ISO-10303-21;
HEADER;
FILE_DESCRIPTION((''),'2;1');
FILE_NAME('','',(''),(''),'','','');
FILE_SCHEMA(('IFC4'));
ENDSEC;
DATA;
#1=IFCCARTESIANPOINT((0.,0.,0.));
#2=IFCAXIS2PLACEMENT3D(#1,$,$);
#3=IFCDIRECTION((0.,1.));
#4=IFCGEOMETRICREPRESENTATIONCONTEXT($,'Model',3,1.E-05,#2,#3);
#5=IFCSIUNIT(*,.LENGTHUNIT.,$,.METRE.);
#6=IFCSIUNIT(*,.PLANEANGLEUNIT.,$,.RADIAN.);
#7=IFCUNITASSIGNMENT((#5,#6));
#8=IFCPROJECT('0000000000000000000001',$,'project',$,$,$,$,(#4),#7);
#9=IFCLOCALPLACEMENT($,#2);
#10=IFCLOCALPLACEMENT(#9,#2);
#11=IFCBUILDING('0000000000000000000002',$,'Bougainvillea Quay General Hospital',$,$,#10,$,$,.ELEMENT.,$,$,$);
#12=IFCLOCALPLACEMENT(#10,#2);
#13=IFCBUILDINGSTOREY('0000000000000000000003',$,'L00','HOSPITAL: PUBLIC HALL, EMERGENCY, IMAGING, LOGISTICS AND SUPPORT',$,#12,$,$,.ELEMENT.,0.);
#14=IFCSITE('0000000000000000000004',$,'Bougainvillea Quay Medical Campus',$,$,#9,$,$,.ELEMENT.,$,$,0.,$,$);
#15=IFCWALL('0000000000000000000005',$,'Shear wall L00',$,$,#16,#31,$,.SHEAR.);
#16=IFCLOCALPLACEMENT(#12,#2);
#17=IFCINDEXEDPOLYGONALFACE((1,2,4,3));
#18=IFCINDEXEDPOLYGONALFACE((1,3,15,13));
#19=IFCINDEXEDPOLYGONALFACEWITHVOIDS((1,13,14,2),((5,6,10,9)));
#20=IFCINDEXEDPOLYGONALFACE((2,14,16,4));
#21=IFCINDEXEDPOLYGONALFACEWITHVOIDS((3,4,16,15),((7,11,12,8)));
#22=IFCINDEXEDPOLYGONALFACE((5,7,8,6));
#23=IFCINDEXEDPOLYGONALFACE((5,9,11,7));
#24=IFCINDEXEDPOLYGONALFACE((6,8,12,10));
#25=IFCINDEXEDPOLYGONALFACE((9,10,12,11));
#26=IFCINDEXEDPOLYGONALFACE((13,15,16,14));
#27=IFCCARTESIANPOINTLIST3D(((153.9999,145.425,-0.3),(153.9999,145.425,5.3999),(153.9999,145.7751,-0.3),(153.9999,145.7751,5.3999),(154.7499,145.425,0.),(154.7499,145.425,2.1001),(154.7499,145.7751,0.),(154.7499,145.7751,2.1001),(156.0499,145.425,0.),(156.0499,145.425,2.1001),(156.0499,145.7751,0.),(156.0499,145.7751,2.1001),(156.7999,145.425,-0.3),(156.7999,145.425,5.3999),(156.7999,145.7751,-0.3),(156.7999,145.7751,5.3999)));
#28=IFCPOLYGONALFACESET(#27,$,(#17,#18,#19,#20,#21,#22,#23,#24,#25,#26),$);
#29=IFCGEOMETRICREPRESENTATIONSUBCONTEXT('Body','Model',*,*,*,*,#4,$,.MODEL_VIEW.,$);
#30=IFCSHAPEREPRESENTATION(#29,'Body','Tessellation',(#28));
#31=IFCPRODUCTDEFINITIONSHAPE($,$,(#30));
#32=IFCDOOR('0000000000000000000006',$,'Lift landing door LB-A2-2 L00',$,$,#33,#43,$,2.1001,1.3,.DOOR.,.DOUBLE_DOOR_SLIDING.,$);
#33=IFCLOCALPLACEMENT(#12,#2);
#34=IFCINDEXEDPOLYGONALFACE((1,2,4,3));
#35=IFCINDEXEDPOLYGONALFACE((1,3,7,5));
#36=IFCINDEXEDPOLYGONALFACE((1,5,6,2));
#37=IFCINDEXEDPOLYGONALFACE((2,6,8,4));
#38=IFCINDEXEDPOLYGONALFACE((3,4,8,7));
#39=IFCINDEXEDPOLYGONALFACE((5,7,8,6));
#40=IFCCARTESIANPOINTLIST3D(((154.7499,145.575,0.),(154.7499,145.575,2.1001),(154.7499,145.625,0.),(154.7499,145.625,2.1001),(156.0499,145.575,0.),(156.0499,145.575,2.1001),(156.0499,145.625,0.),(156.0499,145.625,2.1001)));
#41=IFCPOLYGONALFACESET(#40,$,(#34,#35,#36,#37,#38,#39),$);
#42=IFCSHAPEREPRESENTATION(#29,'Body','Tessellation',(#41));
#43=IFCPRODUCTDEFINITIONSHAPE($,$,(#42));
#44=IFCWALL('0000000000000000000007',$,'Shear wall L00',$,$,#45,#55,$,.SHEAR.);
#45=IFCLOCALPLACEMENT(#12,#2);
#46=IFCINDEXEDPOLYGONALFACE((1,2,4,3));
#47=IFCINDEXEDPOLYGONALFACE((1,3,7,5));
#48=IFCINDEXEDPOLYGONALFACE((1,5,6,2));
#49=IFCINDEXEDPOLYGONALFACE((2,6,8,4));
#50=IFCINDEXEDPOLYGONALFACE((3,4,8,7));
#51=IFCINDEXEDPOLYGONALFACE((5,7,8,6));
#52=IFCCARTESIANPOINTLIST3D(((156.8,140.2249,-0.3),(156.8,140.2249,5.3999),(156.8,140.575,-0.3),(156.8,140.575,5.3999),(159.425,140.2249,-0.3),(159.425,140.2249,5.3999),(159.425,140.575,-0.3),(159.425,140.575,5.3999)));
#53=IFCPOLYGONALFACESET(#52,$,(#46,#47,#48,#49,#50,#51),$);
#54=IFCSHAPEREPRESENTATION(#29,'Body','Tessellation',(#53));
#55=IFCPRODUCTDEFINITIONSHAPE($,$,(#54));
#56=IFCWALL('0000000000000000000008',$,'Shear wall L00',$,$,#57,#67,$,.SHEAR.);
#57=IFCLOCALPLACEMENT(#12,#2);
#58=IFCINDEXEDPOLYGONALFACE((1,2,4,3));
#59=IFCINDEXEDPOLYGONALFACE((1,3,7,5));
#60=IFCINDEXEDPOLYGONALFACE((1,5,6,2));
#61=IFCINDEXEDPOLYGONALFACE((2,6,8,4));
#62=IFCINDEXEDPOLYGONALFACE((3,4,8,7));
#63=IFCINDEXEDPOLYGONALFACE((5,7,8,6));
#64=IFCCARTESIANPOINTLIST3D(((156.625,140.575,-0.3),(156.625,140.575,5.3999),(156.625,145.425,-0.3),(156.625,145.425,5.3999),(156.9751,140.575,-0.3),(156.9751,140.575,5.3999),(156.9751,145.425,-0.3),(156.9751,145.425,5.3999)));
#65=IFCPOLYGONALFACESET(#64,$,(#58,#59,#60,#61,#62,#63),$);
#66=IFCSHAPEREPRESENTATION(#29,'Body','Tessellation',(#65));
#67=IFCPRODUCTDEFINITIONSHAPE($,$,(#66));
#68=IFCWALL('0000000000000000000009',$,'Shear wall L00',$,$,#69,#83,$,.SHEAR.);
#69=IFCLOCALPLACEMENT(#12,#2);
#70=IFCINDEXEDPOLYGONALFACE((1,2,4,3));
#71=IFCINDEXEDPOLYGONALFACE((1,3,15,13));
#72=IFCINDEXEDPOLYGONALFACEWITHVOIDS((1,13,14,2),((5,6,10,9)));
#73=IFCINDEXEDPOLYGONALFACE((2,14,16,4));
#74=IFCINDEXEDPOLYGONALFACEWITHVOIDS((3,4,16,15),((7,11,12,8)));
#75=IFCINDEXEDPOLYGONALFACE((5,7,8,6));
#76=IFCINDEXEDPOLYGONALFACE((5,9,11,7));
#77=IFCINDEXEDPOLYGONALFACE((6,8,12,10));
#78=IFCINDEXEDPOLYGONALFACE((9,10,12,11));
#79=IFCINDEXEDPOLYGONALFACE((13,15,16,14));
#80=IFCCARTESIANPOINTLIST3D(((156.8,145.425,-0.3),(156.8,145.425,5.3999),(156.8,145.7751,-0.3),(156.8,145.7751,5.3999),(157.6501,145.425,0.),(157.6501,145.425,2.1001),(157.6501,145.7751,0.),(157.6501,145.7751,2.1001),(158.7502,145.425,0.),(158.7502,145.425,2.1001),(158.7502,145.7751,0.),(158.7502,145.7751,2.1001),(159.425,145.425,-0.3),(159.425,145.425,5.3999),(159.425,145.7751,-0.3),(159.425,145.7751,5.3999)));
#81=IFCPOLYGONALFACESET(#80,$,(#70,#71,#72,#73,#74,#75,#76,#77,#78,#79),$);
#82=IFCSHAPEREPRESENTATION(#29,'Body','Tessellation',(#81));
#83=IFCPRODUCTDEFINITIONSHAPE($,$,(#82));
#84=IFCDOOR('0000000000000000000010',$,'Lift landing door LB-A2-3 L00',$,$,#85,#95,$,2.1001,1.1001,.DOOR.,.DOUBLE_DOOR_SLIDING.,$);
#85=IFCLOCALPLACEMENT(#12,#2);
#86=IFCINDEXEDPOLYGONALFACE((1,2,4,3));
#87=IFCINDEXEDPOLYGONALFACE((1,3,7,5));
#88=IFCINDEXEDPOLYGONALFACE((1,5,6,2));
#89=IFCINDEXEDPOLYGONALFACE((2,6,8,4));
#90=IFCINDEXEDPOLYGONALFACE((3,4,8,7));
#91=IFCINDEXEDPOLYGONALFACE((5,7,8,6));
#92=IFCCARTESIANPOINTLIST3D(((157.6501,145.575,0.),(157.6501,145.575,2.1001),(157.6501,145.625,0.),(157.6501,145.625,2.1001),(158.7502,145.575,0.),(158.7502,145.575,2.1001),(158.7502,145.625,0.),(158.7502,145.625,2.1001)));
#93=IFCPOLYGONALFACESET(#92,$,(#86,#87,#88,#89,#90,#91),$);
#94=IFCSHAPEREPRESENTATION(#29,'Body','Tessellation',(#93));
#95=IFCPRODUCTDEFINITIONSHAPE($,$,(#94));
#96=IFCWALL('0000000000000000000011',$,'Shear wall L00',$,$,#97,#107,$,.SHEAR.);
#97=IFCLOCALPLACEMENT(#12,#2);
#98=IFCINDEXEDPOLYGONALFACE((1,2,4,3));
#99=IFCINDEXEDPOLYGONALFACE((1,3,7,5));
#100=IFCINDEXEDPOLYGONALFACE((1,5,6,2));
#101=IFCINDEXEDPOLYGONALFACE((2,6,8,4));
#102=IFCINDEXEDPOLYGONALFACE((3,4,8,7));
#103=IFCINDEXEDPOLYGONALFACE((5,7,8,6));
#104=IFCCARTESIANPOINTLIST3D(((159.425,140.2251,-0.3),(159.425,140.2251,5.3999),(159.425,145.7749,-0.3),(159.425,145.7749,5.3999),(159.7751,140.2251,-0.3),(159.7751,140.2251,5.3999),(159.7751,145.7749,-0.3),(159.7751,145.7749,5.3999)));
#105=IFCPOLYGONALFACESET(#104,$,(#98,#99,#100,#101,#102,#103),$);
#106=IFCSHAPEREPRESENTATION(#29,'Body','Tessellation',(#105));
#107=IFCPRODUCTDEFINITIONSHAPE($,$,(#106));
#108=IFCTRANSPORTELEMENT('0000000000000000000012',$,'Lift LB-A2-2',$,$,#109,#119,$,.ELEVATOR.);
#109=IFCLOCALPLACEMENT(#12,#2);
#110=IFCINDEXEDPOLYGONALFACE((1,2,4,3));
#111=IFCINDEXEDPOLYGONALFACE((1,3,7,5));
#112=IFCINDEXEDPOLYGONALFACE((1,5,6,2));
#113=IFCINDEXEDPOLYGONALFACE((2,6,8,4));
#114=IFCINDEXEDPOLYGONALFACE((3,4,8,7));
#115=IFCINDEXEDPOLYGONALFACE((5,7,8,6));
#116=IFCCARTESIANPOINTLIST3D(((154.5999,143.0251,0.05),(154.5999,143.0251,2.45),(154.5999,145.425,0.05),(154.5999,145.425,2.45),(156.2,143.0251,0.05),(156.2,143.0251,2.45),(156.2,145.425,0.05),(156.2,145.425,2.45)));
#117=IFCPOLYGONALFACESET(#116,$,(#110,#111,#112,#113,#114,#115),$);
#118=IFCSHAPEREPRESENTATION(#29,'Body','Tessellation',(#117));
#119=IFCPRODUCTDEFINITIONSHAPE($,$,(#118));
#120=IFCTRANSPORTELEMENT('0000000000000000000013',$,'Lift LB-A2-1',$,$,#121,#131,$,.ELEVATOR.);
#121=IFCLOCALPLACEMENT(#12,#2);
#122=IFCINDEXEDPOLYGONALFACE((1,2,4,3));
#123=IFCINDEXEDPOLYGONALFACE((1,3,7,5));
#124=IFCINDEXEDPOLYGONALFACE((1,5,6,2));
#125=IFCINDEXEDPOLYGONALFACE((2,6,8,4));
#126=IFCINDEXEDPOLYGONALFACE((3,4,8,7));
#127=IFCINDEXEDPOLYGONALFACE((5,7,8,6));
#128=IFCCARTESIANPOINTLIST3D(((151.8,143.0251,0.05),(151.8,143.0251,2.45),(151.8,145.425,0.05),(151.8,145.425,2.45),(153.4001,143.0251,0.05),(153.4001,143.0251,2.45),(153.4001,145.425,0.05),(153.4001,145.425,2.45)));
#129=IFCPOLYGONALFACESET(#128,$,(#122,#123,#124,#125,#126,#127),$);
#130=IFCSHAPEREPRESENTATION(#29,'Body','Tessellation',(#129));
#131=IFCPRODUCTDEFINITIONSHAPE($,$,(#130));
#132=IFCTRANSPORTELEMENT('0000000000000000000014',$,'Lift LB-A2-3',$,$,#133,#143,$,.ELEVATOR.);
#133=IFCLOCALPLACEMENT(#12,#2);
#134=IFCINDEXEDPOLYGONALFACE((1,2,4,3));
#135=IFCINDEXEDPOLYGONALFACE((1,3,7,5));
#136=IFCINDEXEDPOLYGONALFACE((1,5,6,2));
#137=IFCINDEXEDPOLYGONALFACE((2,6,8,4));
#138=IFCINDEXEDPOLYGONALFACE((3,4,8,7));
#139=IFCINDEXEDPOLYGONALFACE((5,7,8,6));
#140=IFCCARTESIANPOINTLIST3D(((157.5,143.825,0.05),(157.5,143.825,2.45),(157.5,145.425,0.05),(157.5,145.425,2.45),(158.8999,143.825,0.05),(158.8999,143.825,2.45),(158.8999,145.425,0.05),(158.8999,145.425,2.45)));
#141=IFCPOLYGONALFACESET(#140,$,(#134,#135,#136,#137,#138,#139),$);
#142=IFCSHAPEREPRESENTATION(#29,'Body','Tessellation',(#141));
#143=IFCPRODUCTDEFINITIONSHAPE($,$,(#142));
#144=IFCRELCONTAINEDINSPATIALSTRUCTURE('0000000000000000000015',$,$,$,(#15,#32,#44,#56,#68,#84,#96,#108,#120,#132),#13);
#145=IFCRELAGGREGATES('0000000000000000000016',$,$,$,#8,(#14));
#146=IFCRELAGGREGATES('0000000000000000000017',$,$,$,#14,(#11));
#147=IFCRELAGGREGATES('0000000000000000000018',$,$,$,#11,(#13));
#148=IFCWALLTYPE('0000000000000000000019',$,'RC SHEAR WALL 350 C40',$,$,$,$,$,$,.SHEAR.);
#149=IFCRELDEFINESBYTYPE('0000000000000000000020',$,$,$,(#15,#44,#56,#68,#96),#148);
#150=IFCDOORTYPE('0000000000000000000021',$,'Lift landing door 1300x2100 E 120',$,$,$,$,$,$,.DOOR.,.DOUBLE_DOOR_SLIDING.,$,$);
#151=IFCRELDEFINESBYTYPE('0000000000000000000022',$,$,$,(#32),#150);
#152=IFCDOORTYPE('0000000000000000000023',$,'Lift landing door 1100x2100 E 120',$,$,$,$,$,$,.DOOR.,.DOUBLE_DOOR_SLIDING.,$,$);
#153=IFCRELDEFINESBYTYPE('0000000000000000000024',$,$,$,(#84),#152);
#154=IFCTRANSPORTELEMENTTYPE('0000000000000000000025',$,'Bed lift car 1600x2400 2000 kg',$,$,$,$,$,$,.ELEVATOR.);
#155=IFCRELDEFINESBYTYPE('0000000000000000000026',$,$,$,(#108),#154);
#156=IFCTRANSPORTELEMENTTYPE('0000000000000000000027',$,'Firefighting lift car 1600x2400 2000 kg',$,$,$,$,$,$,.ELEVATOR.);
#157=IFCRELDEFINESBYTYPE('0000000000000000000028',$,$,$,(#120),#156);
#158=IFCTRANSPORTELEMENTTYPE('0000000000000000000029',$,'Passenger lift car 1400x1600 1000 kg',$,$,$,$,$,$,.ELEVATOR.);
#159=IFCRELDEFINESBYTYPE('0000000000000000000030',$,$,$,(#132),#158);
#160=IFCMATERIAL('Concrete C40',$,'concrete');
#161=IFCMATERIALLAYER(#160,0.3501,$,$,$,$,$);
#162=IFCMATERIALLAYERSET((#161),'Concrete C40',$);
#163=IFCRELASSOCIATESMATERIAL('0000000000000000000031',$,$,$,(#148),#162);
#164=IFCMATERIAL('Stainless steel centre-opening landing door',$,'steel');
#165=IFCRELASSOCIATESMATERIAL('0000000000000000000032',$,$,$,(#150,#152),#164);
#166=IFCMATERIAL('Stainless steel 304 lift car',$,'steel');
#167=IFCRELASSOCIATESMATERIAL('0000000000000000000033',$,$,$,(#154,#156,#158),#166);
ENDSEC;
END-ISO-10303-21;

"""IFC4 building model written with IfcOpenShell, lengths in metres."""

from ifc_helpers import new_model, si_unit, direction, frame, frame_2d, origin, origin_2d, place, context, subcontext, project, spatial, rectangle, extrude, material, layer, layer_set, type_object, element, fill, save


model = new_model("IFC4")

# Units and contexts
model_context = context("Model", 3, precision=1e-05, world=origin(), true_north=direction((0.0, 1.0)))
body_context = subcontext(model_context, "Body", "Model", "MODEL_VIEW")
ifc_project = project(units=[si_unit("LENGTHUNIT", "METRE"), si_unit("PLANEANGLEUNIT", "RADIAN")], contexts=[model_context])

# Site, building, storey
site_placement = place(None, origin())
site = spatial("IfcSite", under=ifc_project, at=site_placement, Name="Bougainvillea Quay Medical Campus", CompositionType="ELEMENT", RefElevation=0.0)
building_placement = place(site_placement, origin())
building = spatial("IfcBuilding", under=site, at=building_placement, Name="Bougainvillea Quay General Hospital", CompositionType="ELEMENT")
storey_placement = place(building_placement, origin())
storey = spatial("IfcBuildingStorey", under=building, at=storey_placement, Name="L00", Description="HOSPITAL: PUBLIC HALL, EMERGENCY, IMAGING, LOGISTICS AND SUPPORT", CompositionType="ELEMENT", Elevation=0.0)

# Shared definitions
ifc_material_1 = material(Name="Concrete C40", Category="concrete")

# Shared definitions
ifc_layer_1 = layer(ifc_material_1, 0.3501)
ifc_layer_set_1 = layer_set([ifc_layer_1], Name="Concrete C40")
wall_type_1 = type_object("IfcWallType", Name="RC SHEAR WALL 350 C40", PredefinedType="SHEAR", material=ifc_layer_set_1)

# Wall, opening, door
wall_1_placement = place(storey_placement, frame((154.0, 145.6001, -0.3), z_axis=(0.0, 0.0, 1.0), x_axis=(1.0, 0.0, 0.0)))
wall_1 = element("IfcWall", 1, at=wall_1_placement, inside=storey, type_object=wall_type_1, Name="Shear wall L00", PredefinedType="SHEAR", context=body_context, shape_type="SweptSolid", body=[
    extrude(rectangle(XDim=2.8, YDim=0.3501, at=frame_2d((1.3999, 0.0))), origin(), (0.0, 0.0, 1.0), 5.7),
])
opening_1_placement = place(wall_1_placement, frame((0.75, 0.0, 0.3)))
opening_1 = element("IfcOpeningElement", 2, at=opening_1_placement, cuts=wall_1, PredefinedType="OPENING", context=body_context, shape_type="SweptSolid", body=[
    extrude(rectangle(XDim=1.3, YDim=2.1001, at=frame_2d((0.6499, 1.05))), frame((0.0, 0.1851, 0.0), z_axis=(0.0, -1.0, 0.0), x_axis=(1.0, 0.0, 0.0)), (0.0, 0.0, 1.0), 0.3701),
])
ifc_material_2 = material(Name="Stainless steel centre-opening landing door", Category="steel")
door_type_1 = type_object("IfcDoorType", Name="Lift landing door 1300x2100 E 120", OperationType="DOUBLE_DOOR_SLIDING", PredefinedType="DOOR", material=ifc_material_2)
door_1_placement = place(opening_1_placement, origin())
door_1 = element("IfcDoor", 3, at=door_1_placement, inside=storey, type_object=door_type_1, Name="Lift landing door LB-A2-2 L00", OperationType="DOUBLE_DOOR_SLIDING", OverallHeight=2.1001, OverallWidth=1.3, PredefinedType="DOOR", context=body_context, shape_type="SweptSolid", body=[
    extrude(rectangle(XDim=1.3, YDim=2.1001, at=frame_2d((0.6499, 1.05))), frame((0.0, 0.0249, 0.0), z_axis=(0.0, -1.0, 0.0), x_axis=(1.0, 0.0, 0.0)), (0.0, 0.0, 1.0), 0.05),
])
fill(opening_1, door_1)

# Walls
wall_2_placement = place(storey_placement, frame((156.8, 140.3999, -0.3), z_axis=(0.0, 0.0, 1.0), x_axis=(1.0, 0.0, 0.0)))
element("IfcWall", 4, at=wall_2_placement, inside=storey, type_object=wall_type_1, Name="Shear wall L00", PredefinedType="SHEAR", context=body_context, shape_type="SweptSolid", body=[
    extrude(rectangle(XDim=2.625, YDim=0.3501, at=frame_2d((1.3125, 0.0))), origin(), (0.0, 0.0, 1.0), 5.7),
])
wall_3_placement = place(storey_placement, frame((156.8, 140.575, -0.3), z_axis=(0.0, 0.0, 1.0), x_axis=(0.0, 1.0, 0.0)))
element("IfcWall", 5, at=wall_3_placement, inside=storey, type_object=wall_type_1, Name="Shear wall L00", PredefinedType="SHEAR", context=body_context, shape_type="SweptSolid", body=[
    extrude(rectangle(XDim=4.8501, YDim=0.3501, at=frame_2d((2.425, 0.0))), origin(), (0.0, 0.0, 1.0), 5.7),
])

# Wall, opening, door
wall_4_placement = place(storey_placement, frame((156.8, 145.6001, -0.3), z_axis=(0.0, 0.0, 1.0), x_axis=(1.0, 0.0, 0.0)))
wall_4 = element("IfcWall", 6, at=wall_4_placement, inside=storey, type_object=wall_type_1, Name="Shear wall L00", PredefinedType="SHEAR", context=body_context, shape_type="SweptSolid", body=[
    extrude(rectangle(XDim=2.625, YDim=0.3501, at=frame_2d((1.3125, 0.0))), origin(), (0.0, 0.0, 1.0), 5.7),
])
opening_2_placement = place(wall_4_placement, frame((0.8501, 0.0, 0.3)))
opening_2 = element("IfcOpeningElement", 7, at=opening_2_placement, cuts=wall_4, PredefinedType="OPENING", context=body_context, shape_type="SweptSolid", body=[
    extrude(rectangle(XDim=1.1001, YDim=2.1001, at=frame_2d((0.55, 1.05))), frame((0.0, 0.1851, 0.0), z_axis=(0.0, -1.0, 0.0), x_axis=(1.0, 0.0, 0.0)), (0.0, 0.0, 1.0), 0.3701),
])
door_type_2 = type_object("IfcDoorType", Name="Lift landing door 1100x2100 E 120", OperationType="DOUBLE_DOOR_SLIDING", PredefinedType="DOOR", material=ifc_material_2)
door_2_placement = place(opening_2_placement, origin())
door_2 = element("IfcDoor", 8, at=door_2_placement, inside=storey, type_object=door_type_2, Name="Lift landing door LB-A2-3 L00", OperationType="DOUBLE_DOOR_SLIDING", OverallHeight=2.1001, OverallWidth=1.1001, PredefinedType="DOOR", context=body_context, shape_type="SweptSolid", body=[
    extrude(rectangle(XDim=1.1001, YDim=2.1001, at=frame_2d((0.55, 1.05))), frame((0.0, 0.0249, 0.0), z_axis=(0.0, -1.0, 0.0), x_axis=(1.0, 0.0, 0.0)), (0.0, 0.0, 1.0), 0.05),
])
fill(opening_2, door_2)

# Wall
wall_5_placement = place(storey_placement, frame((159.6001, 140.2251, -0.3), z_axis=(0.0, 0.0, 1.0), x_axis=(0.0, 1.0, 0.0)))
element("IfcWall", 9, at=wall_5_placement, inside=storey, type_object=wall_type_1, Name="Shear wall L00", PredefinedType="SHEAR", context=body_context, shape_type="SweptSolid", body=[
    extrude(rectangle(XDim=5.5498, YDim=0.3501, at=frame_2d((2.7749, 0.0))), origin(), (0.0, 0.0, 1.0), 5.7),
])

# Transport elements
ifc_material_3 = material(Name="Stainless steel 304 lift car", Category="steel")
transport_element_type_1 = type_object("IfcTransportElementType", Name="Bed lift car 1600x2400 2000 kg", PredefinedType="ELEVATOR", material=ifc_material_3)
transport_element_1_placement = place(storey_placement, frame((155.3999, 144.2251, 0.05), z_axis=(0.0, 0.0, 1.0), x_axis=(-1.0, 0.0, 0.0)))
element("IfcTransportElement", 10, at=transport_element_1_placement, inside=storey, type_object=transport_element_type_1, Name="Lift LB-A2-2", PredefinedType="ELEVATOR", context=body_context, shape_type="SweptSolid", body=[
    extrude(rectangle(XDim=1.6001, YDim=2.3999, at=origin_2d()), origin(), (0.0, 0.0, 1.0), 2.3999),
])
transport_element_type_2 = type_object("IfcTransportElementType", Name="Firefighting lift car 1600x2400 2000 kg", PredefinedType="ELEVATOR", material=ifc_material_3)
transport_element_2_placement = place(storey_placement, frame((152.6001, 144.2251, 0.05), z_axis=(0.0, 0.0, 1.0), x_axis=(-1.0, 0.0, 0.0)))
element("IfcTransportElement", 11, at=transport_element_2_placement, inside=storey, type_object=transport_element_type_2, Name="Lift LB-A2-1", PredefinedType="ELEVATOR", context=body_context, shape_type="SweptSolid", body=[
    extrude(rectangle(XDim=1.6001, YDim=2.3999, at=origin_2d()), origin(), (0.0, 0.0, 1.0), 2.3999),
])
transport_element_type_3 = type_object("IfcTransportElementType", Name="Passenger lift car 1400x1600 1000 kg", PredefinedType="ELEVATOR", material=ifc_material_3)
transport_element_3_placement = place(storey_placement, frame((158.2, 144.625, 0.05), z_axis=(0.0, 0.0, 1.0), x_axis=(-1.0, 0.0, 0.0)))
element("IfcTransportElement", 12, at=transport_element_3_placement, inside=storey, type_object=transport_element_type_3, Name="Lift LB-A2-3", PredefinedType="ELEVATOR", context=body_context, shape_type="SweptSolid", body=[
    extrude(rectangle(XDim=1.3999, YDim=1.6001, at=origin_2d()), origin(), (0.0, 0.0, 1.0), 2.3999),
])

save(model, "model.ifc")
